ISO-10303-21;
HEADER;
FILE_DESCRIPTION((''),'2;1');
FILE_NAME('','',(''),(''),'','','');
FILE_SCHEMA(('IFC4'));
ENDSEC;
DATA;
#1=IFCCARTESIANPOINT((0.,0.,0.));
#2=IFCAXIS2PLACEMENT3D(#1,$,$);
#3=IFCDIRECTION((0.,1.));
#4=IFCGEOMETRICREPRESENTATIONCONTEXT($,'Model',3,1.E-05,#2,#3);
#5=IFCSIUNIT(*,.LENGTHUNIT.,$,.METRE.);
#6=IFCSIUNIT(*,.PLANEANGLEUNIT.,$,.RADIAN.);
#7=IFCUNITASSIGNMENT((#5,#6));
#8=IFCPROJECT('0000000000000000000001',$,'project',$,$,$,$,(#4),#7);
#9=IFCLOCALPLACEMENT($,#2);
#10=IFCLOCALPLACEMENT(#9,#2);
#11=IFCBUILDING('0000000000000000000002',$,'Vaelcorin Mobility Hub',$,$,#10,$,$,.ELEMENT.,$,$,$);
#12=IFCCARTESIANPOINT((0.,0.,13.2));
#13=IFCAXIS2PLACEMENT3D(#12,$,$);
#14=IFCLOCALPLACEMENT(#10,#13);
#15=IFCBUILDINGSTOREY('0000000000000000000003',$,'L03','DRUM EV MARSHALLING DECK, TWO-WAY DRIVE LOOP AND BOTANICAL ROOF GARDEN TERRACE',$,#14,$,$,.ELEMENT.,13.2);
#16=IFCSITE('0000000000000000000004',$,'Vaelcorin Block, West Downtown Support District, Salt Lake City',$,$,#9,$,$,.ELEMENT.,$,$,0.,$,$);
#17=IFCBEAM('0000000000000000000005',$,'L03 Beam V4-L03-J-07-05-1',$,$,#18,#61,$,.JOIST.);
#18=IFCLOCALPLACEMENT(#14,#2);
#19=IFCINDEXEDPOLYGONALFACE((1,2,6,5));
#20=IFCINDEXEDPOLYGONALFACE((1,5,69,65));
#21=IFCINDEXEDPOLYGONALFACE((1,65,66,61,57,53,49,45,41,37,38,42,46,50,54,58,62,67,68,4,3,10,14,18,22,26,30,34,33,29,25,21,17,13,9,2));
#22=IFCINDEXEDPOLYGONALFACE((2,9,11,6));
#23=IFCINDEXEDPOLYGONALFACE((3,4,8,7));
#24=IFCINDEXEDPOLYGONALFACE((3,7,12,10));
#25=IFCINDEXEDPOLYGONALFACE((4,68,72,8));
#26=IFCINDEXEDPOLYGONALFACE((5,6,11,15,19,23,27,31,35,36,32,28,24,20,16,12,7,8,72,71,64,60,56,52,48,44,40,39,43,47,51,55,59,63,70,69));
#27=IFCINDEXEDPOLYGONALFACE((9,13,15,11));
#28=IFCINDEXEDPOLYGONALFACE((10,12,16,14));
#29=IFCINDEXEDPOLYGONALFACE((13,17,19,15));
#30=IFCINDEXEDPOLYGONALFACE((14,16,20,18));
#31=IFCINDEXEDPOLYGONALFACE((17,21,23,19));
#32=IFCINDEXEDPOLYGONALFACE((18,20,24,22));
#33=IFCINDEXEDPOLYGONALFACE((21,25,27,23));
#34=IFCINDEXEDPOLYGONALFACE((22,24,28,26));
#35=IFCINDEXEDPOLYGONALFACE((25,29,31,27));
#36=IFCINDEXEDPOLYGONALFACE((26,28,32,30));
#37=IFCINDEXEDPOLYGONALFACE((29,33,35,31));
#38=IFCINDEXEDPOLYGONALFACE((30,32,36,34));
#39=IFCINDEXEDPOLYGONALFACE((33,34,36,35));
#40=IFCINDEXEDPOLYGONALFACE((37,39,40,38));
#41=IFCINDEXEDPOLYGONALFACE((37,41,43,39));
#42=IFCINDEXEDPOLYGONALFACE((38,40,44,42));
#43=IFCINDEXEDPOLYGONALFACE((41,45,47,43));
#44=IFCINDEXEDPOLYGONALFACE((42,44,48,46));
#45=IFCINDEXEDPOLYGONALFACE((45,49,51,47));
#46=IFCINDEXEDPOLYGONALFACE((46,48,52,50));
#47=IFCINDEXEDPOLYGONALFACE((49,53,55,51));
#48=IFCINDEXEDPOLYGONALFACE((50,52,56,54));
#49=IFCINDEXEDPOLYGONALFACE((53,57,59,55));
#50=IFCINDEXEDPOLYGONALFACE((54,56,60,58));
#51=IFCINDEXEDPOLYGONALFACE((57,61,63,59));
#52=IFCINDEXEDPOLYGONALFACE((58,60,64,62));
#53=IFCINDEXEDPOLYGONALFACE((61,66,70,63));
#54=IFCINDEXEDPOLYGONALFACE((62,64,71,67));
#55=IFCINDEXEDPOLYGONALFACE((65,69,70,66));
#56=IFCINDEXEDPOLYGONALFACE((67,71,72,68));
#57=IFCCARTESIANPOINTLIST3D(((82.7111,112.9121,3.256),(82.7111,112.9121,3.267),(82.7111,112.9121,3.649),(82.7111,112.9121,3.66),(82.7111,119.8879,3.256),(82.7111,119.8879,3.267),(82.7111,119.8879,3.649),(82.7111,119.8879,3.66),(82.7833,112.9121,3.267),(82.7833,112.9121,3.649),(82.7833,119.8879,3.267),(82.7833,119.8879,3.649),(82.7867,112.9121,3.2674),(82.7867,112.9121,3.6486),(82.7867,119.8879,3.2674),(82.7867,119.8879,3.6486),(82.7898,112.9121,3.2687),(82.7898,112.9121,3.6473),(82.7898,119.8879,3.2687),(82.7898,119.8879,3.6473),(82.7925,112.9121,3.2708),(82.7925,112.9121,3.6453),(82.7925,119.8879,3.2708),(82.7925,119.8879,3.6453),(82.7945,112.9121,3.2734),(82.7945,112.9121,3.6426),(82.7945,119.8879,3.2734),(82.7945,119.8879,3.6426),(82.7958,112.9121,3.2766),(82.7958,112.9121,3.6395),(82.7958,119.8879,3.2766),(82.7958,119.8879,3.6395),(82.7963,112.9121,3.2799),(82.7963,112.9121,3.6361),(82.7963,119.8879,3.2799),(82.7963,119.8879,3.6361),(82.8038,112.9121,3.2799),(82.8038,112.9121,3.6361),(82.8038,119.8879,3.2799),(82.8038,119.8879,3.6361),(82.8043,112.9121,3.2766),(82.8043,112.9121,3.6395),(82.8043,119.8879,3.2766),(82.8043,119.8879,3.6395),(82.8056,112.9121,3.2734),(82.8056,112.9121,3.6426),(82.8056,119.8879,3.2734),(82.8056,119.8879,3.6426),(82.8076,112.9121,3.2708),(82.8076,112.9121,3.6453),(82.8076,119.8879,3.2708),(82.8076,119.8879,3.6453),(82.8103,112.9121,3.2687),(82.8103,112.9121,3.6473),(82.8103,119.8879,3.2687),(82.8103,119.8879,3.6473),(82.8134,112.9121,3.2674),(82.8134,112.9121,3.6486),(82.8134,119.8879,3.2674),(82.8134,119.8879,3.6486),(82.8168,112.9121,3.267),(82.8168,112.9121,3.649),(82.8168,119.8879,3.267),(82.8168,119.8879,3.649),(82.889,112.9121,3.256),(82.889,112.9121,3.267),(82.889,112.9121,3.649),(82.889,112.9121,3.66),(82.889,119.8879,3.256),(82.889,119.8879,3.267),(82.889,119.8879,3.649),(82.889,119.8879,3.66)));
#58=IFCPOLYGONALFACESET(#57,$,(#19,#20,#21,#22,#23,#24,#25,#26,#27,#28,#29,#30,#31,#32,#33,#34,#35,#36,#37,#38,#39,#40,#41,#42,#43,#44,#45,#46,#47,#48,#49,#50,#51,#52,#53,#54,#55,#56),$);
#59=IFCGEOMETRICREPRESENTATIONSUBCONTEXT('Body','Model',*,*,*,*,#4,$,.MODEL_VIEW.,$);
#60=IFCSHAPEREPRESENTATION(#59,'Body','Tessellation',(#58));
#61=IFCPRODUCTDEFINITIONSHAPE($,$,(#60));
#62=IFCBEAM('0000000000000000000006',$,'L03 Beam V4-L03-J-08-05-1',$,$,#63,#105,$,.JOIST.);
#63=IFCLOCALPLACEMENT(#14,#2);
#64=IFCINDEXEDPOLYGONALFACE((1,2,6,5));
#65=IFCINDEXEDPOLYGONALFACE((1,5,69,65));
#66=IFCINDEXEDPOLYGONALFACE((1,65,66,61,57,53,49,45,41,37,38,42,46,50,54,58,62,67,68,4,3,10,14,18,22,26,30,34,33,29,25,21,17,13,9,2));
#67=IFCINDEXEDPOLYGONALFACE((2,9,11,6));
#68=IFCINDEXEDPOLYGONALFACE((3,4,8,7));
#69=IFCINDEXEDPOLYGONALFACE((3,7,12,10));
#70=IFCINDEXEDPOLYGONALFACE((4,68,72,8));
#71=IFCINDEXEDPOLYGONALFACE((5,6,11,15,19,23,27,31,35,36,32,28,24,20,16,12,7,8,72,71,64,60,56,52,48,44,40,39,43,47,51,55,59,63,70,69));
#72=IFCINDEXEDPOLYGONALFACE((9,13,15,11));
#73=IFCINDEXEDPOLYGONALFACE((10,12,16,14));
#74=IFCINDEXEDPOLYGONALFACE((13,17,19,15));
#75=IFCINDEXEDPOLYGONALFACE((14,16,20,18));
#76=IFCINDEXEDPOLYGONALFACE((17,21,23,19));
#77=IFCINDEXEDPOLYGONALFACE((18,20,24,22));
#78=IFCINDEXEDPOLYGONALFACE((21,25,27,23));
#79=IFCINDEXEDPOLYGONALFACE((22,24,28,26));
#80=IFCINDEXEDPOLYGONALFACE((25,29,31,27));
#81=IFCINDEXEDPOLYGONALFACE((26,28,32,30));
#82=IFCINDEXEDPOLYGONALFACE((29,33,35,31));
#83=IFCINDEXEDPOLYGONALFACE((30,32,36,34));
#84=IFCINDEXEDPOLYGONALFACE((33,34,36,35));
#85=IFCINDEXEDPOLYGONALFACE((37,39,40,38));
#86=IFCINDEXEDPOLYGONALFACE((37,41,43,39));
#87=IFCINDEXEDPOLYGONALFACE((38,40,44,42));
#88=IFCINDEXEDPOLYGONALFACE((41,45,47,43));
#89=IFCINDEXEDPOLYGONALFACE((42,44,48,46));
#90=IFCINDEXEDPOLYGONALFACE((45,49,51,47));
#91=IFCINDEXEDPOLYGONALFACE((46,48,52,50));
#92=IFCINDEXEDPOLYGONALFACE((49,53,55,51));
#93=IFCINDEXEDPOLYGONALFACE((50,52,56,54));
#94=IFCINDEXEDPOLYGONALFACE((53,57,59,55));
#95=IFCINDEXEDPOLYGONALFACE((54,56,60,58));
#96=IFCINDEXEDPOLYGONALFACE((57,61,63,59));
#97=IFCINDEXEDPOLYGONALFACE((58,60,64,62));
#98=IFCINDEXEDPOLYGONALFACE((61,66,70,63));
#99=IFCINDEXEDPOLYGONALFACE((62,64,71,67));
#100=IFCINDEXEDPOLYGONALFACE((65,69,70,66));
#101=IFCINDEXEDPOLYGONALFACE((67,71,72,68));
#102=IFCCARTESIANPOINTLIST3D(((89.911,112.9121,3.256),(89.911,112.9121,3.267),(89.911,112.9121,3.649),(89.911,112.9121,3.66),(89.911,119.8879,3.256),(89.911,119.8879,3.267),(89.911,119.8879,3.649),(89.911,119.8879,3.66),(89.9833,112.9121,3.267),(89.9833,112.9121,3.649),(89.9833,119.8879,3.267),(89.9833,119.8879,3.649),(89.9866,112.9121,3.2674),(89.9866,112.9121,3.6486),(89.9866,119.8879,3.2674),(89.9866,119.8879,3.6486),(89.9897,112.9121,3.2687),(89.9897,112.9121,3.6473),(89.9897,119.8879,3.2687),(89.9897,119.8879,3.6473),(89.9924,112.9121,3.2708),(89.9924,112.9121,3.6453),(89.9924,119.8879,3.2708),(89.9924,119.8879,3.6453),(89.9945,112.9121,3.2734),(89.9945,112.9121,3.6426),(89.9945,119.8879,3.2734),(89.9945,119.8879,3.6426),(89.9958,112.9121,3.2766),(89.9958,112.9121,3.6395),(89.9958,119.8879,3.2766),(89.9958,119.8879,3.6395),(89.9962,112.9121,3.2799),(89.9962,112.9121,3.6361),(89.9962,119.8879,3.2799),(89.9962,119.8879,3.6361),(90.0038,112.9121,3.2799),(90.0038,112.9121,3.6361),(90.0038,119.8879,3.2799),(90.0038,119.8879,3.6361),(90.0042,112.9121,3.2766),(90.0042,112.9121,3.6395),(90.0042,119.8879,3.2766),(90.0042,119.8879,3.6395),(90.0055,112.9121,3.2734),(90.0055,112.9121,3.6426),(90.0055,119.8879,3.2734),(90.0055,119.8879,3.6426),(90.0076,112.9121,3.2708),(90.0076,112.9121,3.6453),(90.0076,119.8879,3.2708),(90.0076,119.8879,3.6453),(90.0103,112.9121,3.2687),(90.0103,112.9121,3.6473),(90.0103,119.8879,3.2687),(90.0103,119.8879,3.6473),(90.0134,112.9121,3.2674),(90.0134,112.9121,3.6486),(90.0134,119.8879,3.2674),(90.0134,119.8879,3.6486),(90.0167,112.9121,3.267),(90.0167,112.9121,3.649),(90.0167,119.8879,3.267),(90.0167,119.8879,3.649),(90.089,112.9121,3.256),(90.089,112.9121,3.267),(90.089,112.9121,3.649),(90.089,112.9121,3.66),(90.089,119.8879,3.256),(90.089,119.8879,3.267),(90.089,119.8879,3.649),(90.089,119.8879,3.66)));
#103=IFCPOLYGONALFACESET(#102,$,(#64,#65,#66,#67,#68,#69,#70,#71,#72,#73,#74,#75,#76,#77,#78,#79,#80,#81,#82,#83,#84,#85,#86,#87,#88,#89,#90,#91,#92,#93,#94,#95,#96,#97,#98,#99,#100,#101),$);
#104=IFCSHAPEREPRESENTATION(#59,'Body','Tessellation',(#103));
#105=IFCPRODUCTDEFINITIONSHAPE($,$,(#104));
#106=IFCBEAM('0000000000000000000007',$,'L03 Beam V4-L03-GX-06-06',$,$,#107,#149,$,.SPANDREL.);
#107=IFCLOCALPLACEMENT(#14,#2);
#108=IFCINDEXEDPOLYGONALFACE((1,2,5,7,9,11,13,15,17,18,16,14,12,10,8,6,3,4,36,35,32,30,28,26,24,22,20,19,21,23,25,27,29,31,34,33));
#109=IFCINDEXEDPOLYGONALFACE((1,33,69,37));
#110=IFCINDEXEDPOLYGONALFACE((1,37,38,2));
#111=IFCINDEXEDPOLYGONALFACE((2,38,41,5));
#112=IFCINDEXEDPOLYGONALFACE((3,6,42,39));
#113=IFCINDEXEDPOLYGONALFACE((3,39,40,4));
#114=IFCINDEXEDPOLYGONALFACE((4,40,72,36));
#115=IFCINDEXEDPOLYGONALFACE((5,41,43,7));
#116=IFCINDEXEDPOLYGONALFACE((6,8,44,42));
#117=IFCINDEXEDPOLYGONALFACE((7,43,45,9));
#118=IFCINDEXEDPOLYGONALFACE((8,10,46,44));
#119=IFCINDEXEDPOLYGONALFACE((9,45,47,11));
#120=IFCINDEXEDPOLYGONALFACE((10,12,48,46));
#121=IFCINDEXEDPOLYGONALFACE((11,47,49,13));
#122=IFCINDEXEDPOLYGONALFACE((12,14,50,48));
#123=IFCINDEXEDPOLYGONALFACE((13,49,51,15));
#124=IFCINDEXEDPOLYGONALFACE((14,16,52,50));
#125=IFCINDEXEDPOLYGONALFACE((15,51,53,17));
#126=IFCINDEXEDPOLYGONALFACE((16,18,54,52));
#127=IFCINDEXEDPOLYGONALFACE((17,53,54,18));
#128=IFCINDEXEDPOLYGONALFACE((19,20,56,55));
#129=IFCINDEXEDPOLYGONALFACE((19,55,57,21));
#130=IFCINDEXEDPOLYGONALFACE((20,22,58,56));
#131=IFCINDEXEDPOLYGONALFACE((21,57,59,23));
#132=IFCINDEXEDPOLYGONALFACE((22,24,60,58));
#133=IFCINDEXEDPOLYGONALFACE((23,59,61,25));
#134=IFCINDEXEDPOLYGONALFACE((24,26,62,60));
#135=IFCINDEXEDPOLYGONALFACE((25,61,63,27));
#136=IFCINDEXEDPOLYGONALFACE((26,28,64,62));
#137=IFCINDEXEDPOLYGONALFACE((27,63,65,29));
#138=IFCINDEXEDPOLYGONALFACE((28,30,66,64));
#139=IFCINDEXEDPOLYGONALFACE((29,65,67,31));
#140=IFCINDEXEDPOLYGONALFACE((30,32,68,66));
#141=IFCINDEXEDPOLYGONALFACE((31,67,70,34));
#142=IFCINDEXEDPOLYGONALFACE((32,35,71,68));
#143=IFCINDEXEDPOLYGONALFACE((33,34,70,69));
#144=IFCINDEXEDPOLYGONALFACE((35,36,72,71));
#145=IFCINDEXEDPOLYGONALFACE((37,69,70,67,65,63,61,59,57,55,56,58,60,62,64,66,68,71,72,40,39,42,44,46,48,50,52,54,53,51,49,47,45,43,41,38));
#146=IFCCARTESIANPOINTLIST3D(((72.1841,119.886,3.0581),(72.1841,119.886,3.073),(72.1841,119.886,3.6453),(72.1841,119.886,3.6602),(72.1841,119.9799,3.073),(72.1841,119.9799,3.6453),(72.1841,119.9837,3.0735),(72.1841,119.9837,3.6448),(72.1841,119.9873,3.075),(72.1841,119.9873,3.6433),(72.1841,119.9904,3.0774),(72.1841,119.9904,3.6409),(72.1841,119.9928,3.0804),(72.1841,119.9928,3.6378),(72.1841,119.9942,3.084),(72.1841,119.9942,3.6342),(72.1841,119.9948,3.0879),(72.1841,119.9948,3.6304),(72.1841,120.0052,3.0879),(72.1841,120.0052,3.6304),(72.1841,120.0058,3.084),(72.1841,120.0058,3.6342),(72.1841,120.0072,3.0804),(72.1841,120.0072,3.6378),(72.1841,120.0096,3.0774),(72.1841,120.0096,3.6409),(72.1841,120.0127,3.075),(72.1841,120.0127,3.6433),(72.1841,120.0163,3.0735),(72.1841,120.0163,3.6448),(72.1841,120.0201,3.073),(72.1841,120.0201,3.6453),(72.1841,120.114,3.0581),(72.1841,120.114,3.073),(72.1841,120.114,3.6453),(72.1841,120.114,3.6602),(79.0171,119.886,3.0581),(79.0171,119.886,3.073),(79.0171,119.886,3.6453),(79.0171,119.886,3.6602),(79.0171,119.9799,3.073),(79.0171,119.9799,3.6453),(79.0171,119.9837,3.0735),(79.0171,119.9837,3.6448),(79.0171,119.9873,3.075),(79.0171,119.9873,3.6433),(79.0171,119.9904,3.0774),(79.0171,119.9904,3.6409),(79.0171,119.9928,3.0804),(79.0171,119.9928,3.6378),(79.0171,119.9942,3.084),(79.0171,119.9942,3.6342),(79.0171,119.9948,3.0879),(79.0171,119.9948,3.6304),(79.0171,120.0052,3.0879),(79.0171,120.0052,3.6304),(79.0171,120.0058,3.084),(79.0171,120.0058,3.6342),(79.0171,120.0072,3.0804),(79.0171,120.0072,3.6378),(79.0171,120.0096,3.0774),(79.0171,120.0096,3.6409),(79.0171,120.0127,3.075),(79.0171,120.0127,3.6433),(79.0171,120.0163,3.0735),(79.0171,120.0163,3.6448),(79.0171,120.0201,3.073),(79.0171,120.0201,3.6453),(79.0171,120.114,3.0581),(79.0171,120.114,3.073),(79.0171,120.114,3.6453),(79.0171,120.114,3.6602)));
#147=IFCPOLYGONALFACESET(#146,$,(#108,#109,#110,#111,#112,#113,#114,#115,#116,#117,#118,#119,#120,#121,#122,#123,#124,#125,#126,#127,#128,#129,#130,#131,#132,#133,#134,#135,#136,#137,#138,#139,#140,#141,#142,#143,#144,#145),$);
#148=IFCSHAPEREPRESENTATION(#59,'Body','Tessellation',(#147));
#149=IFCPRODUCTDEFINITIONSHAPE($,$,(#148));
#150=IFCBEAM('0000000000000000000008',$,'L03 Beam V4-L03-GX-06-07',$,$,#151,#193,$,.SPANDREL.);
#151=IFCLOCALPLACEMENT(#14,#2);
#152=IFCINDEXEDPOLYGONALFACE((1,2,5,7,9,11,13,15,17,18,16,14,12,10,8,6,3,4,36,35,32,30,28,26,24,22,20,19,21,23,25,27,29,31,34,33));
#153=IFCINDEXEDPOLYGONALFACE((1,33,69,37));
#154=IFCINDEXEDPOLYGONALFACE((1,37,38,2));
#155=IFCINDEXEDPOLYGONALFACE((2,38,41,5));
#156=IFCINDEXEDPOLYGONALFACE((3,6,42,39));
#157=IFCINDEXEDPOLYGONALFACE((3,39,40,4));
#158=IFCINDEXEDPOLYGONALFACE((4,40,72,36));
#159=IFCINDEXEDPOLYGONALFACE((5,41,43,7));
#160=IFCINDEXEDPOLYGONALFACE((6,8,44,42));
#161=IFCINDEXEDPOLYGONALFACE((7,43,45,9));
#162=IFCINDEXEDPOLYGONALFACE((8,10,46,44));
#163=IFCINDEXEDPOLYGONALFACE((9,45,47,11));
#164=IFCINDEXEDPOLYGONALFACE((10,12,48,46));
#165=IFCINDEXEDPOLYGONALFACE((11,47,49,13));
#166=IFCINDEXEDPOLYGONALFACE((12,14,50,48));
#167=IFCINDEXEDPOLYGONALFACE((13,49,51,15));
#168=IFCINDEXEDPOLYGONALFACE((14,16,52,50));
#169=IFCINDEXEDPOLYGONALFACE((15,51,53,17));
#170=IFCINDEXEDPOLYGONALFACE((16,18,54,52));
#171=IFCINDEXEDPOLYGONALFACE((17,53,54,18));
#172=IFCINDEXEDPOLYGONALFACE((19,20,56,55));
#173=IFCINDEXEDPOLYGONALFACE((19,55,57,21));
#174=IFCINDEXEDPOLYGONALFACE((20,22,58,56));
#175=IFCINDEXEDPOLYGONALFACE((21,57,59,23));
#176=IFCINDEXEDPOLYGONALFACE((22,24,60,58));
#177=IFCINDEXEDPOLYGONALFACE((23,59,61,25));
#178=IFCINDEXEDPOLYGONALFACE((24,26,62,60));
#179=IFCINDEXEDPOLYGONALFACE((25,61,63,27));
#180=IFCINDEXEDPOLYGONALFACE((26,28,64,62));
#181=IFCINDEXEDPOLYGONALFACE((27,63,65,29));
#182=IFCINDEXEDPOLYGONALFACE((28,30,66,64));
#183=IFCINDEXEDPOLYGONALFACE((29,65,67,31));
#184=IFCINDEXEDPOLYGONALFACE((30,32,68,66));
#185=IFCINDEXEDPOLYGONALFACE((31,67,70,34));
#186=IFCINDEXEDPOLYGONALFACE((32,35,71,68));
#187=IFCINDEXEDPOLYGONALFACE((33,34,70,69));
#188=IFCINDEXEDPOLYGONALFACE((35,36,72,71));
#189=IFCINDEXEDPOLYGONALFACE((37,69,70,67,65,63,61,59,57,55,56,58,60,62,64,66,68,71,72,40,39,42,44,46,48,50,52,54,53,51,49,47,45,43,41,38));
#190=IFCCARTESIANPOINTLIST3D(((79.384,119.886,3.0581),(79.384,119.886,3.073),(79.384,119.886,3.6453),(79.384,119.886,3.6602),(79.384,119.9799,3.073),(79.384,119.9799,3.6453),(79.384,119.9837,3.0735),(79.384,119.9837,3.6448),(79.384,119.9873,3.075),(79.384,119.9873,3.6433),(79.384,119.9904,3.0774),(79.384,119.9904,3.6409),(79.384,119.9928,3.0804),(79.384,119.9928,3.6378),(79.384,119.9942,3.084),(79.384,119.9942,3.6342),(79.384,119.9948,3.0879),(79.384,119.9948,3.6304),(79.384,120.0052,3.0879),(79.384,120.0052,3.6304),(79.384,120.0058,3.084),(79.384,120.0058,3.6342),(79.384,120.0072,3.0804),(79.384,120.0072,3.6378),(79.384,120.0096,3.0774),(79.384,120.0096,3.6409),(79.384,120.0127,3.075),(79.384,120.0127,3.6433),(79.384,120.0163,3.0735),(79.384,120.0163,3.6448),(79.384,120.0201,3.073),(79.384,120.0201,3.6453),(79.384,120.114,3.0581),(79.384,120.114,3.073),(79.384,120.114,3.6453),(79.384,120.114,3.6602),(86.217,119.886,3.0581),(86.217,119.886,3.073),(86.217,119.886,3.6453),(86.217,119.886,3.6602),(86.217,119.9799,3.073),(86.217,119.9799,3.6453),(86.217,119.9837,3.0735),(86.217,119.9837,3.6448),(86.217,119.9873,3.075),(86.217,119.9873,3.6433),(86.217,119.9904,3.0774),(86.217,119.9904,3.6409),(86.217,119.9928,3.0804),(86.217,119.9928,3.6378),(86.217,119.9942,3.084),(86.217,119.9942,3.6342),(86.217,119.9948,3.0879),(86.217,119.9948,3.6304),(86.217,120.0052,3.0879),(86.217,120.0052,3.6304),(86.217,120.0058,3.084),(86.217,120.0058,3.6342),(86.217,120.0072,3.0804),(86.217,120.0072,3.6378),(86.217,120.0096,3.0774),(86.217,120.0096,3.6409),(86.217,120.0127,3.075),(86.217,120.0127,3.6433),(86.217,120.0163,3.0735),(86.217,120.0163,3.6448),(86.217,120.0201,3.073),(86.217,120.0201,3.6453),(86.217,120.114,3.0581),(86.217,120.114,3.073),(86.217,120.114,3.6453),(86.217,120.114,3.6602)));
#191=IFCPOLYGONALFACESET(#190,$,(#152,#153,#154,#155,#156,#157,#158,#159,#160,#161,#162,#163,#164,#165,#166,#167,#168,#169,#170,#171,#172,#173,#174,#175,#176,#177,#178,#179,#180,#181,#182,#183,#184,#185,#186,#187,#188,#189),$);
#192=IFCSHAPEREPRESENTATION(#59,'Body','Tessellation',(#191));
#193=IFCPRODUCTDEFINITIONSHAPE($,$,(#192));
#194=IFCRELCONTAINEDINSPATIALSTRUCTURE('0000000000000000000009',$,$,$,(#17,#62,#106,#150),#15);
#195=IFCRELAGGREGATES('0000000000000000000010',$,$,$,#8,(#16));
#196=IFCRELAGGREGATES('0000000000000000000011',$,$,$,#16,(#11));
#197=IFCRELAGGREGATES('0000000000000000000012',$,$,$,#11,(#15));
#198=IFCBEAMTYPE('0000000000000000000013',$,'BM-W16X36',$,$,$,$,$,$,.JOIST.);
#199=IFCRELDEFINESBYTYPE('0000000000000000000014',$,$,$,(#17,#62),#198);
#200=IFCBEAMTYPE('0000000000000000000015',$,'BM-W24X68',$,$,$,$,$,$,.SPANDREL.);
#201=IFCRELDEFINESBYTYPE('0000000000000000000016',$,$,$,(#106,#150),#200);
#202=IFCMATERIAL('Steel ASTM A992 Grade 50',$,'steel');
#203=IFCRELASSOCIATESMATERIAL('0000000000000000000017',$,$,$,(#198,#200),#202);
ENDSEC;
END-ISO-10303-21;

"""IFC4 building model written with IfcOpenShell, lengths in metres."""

from ifc_helpers import new_model, si_unit, direction, frame, origin, origin_2d, place, context, subcontext, project, spatial, i_section, extrude, material, material_profile, profile_set, type_object, element, save


model = new_model("IFC4")

# Units and contexts
model_context = context("Model", 3, precision=1e-05, world=origin(), true_north=direction((0.0, 1.0)))
body_context = subcontext(model_context, "Body", "Model", "MODEL_VIEW")
ifc_project = project(units=[si_unit("LENGTHUNIT", "METRE"), si_unit("PLANEANGLEUNIT", "RADIAN")], contexts=[model_context])

# Site, building, storey
site_placement = place(None, origin())
site = spatial("IfcSite", under=ifc_project, at=site_placement, Name="Vaelcorin Block, West Downtown Support District, Salt Lake City", CompositionType="ELEMENT", RefElevation=0.0)
building_placement = place(site_placement, origin())
building = spatial("IfcBuilding", under=site, at=building_placement, Name="Vaelcorin Mobility Hub", CompositionType="ELEMENT")
storey_placement = place(building_placement, frame((0.0, 0.0, 13.2)))
storey = spatial("IfcBuildingStorey", under=building, at=storey_placement, Name="L03", Description="DRUM EV MARSHALLING DECK, TWO-WAY DRIVE LOOP AND BOTANICAL ROOF GARDEN TERRACE", CompositionType="ELEMENT", Elevation=13.2)

# Shared definitions
ifc_material_1 = material(Name="Steel ASTM A992 Grade 50", Category="steel")

# Beams
ifc_material_profile_1 = material_profile(ifc_material_1, i_section(OverallWidth=0.178, OverallDepth=0.4041, WebThickness=0.0076, FlangeThickness=0.011, FilletRadius=0.0129, at=origin_2d()), Name="W16X36")
ifc_profile_set_1 = profile_set([ifc_material_profile_1], Name="Steel ASTM A992 Grade 50")
beam_type_1 = type_object("IfcBeamType", Name="BM-W16X36", PredefinedType="JOIST", material=ifc_profile_set_1)
for number, where, z_axis, x_axis, name in (
    (1, (82.8, 112.9121, 3.458), (0.0, 1.0, 0.0), (-1.0, 0.0, 0.0), "L03 Beam V4-L03-J-07-05-1"),
    (2, (90.0, 112.9121, 3.458), (0.0, 1.0, 0.0), (-1.0, 0.0, 0.0), "L03 Beam V4-L03-J-08-05-1"),
):
    element("IfcBeam", number, at=place(storey_placement, frame(where, z_axis=z_axis, x_axis=x_axis)), inside=storey, type_object=beam_type_1, Name=name, PredefinedType="JOIST", context=body_context, shape_type="SweptSolid", body=[
        extrude(i_section(OverallWidth=0.178, OverallDepth=0.4041, WebThickness=0.0076, FlangeThickness=0.011, FilletRadius=0.0129, at=origin_2d()), origin(), (0.0, 0.0, 1.0), 6.9758),
    ])
ifc_material_profile_2 = material_profile(ifc_material_1, i_section(OverallWidth=0.228, OverallDepth=0.6021, WebThickness=0.0105, FlangeThickness=0.0149, FilletRadius=0.0149, at=origin_2d()), Name="W24X68")
ifc_profile_set_2 = profile_set([ifc_material_profile_2], Name="Steel ASTM A992 Grade 50")
beam_type_2 = type_object("IfcBeamType", Name="BM-W24X68", PredefinedType="SPANDREL", material=ifc_profile_set_2)
for number, where, z_axis, x_axis, name in (
    (3, (72.1841, 120.0, 3.3591), (1.0, 0.0, 0.0), (0.0, 1.0, 0.0), "L03 Beam V4-L03-GX-06-06"),
    (4, (79.384, 120.0, 3.3591), (1.0, 0.0, 0.0), (0.0, 1.0, 0.0), "L03 Beam V4-L03-GX-06-07"),
):
    element("IfcBeam", number, at=place(storey_placement, frame(where, z_axis=z_axis, x_axis=x_axis)), inside=storey, type_object=beam_type_2, Name=name, PredefinedType="SPANDREL", context=body_context, shape_type="SweptSolid", body=[
        extrude(i_section(OverallWidth=0.228, OverallDepth=0.6021, WebThickness=0.0105, FlangeThickness=0.0149, FilletRadius=0.0149, at=origin_2d()), origin(), (0.0, 0.0, 1.0), 6.833),
    ])

save(model, "model.ifc")
